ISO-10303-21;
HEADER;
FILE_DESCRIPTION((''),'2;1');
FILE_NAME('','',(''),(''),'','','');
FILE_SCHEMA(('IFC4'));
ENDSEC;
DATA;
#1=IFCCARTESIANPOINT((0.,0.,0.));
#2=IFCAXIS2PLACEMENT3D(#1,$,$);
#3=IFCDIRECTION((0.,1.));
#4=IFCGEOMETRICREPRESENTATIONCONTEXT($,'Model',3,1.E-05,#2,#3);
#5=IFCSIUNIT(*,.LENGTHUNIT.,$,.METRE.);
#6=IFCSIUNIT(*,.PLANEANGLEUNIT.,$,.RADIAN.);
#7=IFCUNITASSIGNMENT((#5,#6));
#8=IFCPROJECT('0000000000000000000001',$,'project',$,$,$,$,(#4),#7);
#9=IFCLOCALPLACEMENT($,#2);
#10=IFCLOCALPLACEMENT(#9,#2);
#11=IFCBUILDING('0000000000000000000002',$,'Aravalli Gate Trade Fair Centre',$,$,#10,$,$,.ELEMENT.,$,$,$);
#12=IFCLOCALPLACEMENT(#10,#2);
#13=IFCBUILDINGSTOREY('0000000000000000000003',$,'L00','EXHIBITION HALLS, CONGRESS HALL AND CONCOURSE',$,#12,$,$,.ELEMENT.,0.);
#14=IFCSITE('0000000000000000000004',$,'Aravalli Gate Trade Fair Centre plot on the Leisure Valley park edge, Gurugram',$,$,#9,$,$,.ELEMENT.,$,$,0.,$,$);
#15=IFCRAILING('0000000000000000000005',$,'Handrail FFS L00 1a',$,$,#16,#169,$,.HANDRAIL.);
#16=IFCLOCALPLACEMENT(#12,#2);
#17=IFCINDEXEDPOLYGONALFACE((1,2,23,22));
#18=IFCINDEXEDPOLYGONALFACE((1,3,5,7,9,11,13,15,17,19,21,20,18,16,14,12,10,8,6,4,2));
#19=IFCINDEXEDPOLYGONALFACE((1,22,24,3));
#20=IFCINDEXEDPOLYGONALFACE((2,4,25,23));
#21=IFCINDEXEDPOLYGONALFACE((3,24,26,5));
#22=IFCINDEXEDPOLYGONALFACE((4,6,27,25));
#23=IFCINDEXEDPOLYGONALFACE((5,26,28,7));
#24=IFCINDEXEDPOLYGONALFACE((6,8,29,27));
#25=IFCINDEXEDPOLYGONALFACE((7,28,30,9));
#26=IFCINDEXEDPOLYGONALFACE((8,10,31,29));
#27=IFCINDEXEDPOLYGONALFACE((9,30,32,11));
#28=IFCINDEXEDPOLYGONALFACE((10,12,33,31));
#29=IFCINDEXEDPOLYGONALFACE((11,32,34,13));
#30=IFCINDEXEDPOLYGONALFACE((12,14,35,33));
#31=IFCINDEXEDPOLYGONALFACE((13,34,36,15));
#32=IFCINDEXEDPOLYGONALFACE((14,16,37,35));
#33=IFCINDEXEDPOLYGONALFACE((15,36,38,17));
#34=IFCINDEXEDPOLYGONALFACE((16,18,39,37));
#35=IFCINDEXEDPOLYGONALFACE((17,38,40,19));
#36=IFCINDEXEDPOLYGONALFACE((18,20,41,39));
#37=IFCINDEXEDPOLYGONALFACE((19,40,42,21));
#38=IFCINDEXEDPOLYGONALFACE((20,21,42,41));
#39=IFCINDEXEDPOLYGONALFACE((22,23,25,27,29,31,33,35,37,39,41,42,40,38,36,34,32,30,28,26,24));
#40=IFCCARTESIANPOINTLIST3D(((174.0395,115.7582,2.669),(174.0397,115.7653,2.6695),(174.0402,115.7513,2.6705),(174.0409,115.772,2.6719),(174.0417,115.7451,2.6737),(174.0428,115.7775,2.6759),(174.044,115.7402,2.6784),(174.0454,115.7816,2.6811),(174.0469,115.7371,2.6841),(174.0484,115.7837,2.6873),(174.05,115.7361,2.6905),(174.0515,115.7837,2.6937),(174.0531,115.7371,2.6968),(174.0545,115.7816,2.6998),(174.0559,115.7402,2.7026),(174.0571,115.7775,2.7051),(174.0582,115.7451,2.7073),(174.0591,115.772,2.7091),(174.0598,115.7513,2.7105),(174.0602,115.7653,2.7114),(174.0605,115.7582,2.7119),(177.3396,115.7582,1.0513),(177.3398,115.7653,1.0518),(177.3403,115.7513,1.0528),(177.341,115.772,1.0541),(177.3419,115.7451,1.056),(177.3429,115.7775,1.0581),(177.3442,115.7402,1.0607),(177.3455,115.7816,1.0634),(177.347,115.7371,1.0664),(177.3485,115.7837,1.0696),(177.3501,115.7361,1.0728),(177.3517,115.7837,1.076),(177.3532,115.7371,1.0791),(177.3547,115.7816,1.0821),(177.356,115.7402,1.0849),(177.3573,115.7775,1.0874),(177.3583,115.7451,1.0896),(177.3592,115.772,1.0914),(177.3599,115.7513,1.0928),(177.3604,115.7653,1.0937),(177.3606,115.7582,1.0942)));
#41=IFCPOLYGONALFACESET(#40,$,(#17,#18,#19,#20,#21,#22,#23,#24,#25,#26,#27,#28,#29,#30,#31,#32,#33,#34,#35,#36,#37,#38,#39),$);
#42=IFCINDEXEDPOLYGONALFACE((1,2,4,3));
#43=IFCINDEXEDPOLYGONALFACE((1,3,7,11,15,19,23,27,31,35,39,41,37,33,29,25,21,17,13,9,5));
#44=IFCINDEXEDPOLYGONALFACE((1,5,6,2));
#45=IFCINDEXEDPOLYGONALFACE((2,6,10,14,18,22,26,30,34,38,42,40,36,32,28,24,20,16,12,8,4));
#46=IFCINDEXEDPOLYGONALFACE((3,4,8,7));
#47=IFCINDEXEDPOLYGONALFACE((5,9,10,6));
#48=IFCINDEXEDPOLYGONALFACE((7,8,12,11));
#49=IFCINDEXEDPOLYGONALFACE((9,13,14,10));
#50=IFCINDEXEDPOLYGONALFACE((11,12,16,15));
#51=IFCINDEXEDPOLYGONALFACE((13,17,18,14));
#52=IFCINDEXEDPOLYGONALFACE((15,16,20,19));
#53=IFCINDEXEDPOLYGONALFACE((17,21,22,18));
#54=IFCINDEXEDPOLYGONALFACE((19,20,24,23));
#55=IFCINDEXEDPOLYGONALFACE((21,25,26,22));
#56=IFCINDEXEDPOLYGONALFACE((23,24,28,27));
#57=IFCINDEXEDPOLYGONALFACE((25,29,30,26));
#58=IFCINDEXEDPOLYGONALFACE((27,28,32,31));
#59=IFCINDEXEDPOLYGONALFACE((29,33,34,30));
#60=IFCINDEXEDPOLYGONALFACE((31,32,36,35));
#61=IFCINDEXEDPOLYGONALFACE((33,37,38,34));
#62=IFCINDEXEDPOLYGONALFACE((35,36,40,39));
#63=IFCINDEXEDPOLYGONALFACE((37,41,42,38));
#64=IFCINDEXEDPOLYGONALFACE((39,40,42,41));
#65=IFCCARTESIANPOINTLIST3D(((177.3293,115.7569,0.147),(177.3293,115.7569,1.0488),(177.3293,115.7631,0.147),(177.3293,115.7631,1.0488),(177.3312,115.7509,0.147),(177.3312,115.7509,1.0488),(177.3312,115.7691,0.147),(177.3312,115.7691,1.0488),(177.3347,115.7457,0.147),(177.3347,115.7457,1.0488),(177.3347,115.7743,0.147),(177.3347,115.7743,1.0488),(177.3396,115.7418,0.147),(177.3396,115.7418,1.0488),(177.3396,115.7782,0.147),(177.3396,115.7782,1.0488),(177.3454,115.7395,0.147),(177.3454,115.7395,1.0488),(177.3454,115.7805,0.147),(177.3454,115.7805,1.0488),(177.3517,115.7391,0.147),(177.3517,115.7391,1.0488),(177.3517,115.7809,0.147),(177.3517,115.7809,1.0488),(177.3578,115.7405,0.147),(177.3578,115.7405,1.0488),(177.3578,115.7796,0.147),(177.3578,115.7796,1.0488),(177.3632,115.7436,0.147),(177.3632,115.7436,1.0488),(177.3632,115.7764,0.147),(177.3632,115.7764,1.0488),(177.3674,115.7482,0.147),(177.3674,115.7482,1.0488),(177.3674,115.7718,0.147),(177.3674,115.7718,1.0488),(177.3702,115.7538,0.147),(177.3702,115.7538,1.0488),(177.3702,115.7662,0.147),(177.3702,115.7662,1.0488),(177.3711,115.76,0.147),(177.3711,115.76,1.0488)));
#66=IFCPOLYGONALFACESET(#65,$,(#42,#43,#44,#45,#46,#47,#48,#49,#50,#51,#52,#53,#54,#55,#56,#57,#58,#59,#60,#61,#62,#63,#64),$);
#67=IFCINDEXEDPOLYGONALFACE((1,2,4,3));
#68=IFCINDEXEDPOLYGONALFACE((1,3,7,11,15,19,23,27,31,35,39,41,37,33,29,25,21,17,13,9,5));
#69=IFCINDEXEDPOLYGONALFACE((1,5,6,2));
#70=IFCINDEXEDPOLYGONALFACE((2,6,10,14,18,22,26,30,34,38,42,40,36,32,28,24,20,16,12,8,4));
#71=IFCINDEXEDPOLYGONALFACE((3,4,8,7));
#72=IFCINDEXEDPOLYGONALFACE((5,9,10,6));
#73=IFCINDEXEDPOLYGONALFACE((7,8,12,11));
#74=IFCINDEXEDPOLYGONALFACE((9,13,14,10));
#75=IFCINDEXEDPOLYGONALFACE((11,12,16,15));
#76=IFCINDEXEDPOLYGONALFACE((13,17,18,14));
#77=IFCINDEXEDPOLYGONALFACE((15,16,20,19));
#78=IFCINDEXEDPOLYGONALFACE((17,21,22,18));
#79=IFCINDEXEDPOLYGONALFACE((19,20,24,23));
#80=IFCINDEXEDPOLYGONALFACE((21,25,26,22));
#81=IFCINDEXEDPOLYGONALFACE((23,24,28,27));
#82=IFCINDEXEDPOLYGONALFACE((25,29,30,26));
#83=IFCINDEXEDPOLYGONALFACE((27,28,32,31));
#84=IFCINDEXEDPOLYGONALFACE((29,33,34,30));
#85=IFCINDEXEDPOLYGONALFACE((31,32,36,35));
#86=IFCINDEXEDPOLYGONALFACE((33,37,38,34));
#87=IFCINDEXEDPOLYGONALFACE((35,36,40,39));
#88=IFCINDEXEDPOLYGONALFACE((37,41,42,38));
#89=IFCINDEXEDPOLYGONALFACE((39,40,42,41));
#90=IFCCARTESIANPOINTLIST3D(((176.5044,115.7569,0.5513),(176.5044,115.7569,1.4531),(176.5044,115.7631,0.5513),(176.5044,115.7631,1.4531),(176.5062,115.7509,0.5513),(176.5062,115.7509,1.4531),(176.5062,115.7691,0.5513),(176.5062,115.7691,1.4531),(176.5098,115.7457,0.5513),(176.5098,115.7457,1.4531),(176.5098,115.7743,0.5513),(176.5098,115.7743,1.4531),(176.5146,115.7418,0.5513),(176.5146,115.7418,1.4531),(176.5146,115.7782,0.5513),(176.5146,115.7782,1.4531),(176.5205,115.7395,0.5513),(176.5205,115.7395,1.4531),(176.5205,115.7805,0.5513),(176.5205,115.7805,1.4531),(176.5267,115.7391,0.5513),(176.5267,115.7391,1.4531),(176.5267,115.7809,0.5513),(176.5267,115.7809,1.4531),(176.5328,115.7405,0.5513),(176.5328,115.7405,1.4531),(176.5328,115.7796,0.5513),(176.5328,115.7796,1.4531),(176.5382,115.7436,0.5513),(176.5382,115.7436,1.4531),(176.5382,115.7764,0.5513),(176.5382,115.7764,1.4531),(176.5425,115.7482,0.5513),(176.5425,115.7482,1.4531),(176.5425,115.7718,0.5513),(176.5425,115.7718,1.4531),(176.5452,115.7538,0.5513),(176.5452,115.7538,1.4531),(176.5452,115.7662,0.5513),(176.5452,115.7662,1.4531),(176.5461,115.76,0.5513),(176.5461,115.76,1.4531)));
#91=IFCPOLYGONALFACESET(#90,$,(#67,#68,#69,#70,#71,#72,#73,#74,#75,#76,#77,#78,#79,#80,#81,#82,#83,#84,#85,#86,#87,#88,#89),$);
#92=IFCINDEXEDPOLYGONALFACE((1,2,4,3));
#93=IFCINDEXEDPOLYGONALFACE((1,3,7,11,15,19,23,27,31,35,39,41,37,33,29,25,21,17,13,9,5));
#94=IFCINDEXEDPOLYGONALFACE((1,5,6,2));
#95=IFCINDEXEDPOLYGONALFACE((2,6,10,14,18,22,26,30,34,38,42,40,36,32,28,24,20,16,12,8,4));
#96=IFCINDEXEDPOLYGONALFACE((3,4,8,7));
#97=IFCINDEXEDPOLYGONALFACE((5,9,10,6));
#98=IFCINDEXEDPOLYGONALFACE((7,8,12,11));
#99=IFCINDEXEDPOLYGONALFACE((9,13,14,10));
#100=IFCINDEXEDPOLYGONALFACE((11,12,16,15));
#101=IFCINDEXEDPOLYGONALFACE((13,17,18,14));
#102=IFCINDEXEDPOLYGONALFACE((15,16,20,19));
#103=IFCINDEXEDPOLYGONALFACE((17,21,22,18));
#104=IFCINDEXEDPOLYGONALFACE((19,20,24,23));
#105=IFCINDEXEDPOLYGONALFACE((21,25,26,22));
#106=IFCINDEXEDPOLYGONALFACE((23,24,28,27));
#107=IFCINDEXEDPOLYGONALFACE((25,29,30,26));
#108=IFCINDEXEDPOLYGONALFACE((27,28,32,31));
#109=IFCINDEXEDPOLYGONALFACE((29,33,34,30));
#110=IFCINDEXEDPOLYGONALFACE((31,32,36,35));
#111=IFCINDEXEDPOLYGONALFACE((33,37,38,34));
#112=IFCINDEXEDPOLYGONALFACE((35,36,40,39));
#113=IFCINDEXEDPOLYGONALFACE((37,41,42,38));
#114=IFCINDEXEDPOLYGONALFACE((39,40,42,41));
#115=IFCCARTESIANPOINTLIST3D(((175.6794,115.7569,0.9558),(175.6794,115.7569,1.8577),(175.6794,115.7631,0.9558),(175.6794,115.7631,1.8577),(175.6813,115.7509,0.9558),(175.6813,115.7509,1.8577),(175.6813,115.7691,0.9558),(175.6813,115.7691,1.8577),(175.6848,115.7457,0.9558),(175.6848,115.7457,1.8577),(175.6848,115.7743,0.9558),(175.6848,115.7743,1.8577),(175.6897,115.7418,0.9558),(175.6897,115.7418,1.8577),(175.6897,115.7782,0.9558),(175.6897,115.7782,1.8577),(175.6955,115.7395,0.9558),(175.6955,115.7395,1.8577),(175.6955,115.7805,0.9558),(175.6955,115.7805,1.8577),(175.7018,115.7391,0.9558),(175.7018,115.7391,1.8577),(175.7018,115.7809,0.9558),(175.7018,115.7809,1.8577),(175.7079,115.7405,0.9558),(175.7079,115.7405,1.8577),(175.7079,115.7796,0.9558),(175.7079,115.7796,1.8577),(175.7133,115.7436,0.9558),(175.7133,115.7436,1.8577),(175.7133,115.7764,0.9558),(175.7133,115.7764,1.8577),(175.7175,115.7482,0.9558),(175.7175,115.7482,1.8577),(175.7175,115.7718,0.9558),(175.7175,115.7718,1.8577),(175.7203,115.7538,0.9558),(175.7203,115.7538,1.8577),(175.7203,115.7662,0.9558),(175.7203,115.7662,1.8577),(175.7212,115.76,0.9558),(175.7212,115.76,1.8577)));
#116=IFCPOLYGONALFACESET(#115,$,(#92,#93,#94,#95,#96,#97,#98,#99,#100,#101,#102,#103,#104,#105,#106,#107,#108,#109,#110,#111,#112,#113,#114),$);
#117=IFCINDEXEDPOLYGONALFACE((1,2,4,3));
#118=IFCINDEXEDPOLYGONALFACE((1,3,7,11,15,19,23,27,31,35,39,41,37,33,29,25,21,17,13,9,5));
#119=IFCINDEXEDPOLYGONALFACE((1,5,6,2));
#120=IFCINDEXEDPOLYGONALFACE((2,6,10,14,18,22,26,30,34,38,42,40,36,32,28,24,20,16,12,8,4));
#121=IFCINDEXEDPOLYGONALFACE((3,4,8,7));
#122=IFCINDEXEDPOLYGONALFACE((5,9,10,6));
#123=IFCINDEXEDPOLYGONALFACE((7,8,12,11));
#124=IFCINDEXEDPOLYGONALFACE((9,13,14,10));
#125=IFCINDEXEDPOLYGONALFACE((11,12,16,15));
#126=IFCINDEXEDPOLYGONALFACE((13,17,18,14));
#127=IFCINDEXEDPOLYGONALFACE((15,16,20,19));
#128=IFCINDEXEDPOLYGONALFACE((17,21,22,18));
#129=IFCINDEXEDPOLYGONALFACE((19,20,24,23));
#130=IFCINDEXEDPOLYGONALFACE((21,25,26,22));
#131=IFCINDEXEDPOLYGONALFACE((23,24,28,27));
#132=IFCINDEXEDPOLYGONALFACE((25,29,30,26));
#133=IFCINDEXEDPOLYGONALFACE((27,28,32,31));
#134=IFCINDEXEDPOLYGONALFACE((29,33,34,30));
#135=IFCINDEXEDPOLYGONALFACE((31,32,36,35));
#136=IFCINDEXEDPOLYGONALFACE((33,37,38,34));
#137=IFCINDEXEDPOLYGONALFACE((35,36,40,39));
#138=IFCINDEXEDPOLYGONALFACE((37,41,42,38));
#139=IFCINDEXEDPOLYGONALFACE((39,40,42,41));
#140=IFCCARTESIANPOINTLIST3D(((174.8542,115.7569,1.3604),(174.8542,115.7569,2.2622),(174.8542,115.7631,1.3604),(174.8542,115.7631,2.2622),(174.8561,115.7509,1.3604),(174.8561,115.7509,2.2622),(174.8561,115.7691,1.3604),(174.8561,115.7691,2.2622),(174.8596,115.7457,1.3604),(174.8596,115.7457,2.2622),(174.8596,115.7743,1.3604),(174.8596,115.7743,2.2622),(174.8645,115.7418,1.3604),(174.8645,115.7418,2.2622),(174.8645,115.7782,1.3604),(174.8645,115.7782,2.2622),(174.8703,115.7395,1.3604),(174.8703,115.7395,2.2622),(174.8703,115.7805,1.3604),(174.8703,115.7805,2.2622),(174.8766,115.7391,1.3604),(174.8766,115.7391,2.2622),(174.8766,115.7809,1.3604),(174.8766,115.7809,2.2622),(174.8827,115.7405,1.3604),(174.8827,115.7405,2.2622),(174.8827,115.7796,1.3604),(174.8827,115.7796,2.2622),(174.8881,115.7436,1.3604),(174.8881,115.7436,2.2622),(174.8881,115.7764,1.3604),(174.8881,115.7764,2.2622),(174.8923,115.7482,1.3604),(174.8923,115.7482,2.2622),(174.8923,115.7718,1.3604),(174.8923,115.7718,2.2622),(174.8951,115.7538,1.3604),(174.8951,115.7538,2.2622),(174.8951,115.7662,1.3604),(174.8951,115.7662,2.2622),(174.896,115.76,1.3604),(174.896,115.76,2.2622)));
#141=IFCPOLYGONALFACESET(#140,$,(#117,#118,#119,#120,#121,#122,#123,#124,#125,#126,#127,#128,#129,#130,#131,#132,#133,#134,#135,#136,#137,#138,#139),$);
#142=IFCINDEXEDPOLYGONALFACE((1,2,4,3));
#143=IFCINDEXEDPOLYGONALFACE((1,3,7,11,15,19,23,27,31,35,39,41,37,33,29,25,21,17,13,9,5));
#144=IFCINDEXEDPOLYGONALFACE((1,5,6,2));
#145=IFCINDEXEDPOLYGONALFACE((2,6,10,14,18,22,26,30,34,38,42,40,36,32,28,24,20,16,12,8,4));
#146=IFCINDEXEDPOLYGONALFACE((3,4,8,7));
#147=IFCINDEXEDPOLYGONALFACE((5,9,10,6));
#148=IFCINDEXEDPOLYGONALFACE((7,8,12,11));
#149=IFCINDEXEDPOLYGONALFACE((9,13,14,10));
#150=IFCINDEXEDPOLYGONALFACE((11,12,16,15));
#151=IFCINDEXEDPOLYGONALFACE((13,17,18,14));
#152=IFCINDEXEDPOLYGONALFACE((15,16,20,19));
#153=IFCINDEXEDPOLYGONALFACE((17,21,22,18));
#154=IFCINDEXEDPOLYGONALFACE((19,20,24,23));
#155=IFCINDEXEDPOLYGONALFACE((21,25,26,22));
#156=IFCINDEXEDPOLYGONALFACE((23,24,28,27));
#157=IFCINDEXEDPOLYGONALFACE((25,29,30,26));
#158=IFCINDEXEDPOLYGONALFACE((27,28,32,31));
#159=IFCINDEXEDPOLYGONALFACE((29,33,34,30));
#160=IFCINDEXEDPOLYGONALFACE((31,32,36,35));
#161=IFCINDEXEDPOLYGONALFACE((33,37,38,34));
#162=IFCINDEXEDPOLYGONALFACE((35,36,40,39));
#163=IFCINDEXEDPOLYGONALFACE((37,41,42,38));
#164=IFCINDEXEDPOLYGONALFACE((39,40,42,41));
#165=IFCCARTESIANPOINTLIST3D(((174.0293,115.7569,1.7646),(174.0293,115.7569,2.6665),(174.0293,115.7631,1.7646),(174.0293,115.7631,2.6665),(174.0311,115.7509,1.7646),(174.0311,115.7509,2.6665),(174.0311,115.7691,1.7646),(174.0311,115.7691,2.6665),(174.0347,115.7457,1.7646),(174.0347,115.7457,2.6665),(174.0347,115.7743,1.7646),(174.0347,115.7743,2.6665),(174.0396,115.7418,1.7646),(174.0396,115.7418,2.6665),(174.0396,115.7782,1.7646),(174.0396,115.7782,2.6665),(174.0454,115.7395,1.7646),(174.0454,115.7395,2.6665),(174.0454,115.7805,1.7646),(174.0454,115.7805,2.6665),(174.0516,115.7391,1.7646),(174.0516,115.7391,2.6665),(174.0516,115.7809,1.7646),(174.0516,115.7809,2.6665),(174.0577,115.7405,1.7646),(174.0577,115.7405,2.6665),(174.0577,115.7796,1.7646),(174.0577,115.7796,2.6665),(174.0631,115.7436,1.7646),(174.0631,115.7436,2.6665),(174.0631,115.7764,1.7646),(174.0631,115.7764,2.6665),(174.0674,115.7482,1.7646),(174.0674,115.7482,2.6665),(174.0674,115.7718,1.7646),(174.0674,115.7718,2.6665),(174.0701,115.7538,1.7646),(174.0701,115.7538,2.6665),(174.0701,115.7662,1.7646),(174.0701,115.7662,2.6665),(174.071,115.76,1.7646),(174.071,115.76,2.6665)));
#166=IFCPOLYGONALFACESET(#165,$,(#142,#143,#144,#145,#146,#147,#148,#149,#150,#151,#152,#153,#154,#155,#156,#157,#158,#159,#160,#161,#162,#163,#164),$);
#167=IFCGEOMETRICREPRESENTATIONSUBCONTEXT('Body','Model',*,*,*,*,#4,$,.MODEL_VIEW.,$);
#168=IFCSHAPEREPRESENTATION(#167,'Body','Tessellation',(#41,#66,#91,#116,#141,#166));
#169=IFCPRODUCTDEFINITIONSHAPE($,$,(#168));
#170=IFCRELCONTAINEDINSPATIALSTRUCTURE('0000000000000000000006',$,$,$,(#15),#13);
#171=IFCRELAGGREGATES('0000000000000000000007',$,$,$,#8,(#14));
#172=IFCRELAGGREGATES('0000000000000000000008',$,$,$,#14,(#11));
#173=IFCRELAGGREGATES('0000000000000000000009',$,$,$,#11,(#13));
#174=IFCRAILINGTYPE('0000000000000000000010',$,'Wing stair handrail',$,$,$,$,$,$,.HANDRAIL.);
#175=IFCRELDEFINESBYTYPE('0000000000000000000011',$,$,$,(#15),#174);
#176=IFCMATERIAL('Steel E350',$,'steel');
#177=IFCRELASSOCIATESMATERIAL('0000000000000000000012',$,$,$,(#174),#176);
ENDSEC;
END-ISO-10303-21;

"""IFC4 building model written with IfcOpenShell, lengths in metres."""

from ifc_helpers import new_model, si_unit, direction, frame, origin, origin_2d, place, context, subcontext, project, spatial, circle, extrude, material, type_object, element, save


model = new_model("IFC4")

# Units and contexts
model_context = context("Model", 3, precision=1e-05, world=origin(), true_north=direction((0.0, 1.0)))
body_context = subcontext(model_context, "Body", "Model", "MODEL_VIEW")
ifc_project = project(units=[si_unit("LENGTHUNIT", "METRE"), si_unit("PLANEANGLEUNIT", "RADIAN")], contexts=[model_context])

# Site, building, storey
site_placement = place(None, origin())
site = spatial("IfcSite", under=ifc_project, at=site_placement, Name="Aravalli Gate Trade Fair Centre plot on the Leisure Valley park edge, Gurugram", CompositionType="ELEMENT", RefElevation=0.0)
building_placement = place(site_placement, origin())
building = spatial("IfcBuilding", under=site, at=building_placement, Name="Aravalli Gate Trade Fair Centre", CompositionType="ELEMENT")
storey_placement = place(building_placement, origin())
storey = spatial("IfcBuildingStorey", under=building, at=storey_placement, Name="L00", Description="EXHIBITION HALLS, CONGRESS HALL AND CONCOURSE", CompositionType="ELEMENT", Elevation=0.0)

# Railing
ifc_material_1 = material(Name="Steel E350", Category="steel")
railing_type = type_object("IfcRailingType", Name="Wing stair handrail", PredefinedType="HANDRAIL", material=ifc_material_1)
railing_1_placement = place(storey_placement, frame((177.3501, 115.76, 0.147)))
element("IfcRailing", 1, at=railing_1_placement, inside=storey, type_object=railing_type, Name="Handrail FFS L00 1a", PredefinedType="HANDRAIL", context=body_context, shape_type="SweptSolid", body=[
    extrude(circle(Radius=0.0239, at=origin_2d()), frame((0.0, 0.0, 0.9258), z_axis=(-0.89792, 0.0, 0.440158), x_axis=(0.0, -1.0, 0.0)), (0.0, 0.0, 1.0), 3.6753),
    extrude(circle(Radius=0.021, at=origin_2d()), origin(), (0.0, 0.0, 1.0), 0.9019),
    extrude(circle(Radius=0.021, at=origin_2d()), frame((-0.825, 0.0, 0.4043)), (0.0, 0.0, 1.0), 0.9019),
    extrude(circle(Radius=0.021, at=origin_2d()), frame((-1.6499, 0.0, 0.8088)), (0.0, 0.0, 1.0), 0.9019),
    extrude(circle(Radius=0.021, at=origin_2d()), frame((-2.4751, 0.0, 1.2134)), (0.0, 0.0, 1.0), 0.9019),
    extrude(circle(Radius=0.021, at=origin_2d()), frame((-3.3, 0.0, 1.6177)), (0.0, 0.0, 1.0), 0.9019),
])

save(model, "model.ifc")
